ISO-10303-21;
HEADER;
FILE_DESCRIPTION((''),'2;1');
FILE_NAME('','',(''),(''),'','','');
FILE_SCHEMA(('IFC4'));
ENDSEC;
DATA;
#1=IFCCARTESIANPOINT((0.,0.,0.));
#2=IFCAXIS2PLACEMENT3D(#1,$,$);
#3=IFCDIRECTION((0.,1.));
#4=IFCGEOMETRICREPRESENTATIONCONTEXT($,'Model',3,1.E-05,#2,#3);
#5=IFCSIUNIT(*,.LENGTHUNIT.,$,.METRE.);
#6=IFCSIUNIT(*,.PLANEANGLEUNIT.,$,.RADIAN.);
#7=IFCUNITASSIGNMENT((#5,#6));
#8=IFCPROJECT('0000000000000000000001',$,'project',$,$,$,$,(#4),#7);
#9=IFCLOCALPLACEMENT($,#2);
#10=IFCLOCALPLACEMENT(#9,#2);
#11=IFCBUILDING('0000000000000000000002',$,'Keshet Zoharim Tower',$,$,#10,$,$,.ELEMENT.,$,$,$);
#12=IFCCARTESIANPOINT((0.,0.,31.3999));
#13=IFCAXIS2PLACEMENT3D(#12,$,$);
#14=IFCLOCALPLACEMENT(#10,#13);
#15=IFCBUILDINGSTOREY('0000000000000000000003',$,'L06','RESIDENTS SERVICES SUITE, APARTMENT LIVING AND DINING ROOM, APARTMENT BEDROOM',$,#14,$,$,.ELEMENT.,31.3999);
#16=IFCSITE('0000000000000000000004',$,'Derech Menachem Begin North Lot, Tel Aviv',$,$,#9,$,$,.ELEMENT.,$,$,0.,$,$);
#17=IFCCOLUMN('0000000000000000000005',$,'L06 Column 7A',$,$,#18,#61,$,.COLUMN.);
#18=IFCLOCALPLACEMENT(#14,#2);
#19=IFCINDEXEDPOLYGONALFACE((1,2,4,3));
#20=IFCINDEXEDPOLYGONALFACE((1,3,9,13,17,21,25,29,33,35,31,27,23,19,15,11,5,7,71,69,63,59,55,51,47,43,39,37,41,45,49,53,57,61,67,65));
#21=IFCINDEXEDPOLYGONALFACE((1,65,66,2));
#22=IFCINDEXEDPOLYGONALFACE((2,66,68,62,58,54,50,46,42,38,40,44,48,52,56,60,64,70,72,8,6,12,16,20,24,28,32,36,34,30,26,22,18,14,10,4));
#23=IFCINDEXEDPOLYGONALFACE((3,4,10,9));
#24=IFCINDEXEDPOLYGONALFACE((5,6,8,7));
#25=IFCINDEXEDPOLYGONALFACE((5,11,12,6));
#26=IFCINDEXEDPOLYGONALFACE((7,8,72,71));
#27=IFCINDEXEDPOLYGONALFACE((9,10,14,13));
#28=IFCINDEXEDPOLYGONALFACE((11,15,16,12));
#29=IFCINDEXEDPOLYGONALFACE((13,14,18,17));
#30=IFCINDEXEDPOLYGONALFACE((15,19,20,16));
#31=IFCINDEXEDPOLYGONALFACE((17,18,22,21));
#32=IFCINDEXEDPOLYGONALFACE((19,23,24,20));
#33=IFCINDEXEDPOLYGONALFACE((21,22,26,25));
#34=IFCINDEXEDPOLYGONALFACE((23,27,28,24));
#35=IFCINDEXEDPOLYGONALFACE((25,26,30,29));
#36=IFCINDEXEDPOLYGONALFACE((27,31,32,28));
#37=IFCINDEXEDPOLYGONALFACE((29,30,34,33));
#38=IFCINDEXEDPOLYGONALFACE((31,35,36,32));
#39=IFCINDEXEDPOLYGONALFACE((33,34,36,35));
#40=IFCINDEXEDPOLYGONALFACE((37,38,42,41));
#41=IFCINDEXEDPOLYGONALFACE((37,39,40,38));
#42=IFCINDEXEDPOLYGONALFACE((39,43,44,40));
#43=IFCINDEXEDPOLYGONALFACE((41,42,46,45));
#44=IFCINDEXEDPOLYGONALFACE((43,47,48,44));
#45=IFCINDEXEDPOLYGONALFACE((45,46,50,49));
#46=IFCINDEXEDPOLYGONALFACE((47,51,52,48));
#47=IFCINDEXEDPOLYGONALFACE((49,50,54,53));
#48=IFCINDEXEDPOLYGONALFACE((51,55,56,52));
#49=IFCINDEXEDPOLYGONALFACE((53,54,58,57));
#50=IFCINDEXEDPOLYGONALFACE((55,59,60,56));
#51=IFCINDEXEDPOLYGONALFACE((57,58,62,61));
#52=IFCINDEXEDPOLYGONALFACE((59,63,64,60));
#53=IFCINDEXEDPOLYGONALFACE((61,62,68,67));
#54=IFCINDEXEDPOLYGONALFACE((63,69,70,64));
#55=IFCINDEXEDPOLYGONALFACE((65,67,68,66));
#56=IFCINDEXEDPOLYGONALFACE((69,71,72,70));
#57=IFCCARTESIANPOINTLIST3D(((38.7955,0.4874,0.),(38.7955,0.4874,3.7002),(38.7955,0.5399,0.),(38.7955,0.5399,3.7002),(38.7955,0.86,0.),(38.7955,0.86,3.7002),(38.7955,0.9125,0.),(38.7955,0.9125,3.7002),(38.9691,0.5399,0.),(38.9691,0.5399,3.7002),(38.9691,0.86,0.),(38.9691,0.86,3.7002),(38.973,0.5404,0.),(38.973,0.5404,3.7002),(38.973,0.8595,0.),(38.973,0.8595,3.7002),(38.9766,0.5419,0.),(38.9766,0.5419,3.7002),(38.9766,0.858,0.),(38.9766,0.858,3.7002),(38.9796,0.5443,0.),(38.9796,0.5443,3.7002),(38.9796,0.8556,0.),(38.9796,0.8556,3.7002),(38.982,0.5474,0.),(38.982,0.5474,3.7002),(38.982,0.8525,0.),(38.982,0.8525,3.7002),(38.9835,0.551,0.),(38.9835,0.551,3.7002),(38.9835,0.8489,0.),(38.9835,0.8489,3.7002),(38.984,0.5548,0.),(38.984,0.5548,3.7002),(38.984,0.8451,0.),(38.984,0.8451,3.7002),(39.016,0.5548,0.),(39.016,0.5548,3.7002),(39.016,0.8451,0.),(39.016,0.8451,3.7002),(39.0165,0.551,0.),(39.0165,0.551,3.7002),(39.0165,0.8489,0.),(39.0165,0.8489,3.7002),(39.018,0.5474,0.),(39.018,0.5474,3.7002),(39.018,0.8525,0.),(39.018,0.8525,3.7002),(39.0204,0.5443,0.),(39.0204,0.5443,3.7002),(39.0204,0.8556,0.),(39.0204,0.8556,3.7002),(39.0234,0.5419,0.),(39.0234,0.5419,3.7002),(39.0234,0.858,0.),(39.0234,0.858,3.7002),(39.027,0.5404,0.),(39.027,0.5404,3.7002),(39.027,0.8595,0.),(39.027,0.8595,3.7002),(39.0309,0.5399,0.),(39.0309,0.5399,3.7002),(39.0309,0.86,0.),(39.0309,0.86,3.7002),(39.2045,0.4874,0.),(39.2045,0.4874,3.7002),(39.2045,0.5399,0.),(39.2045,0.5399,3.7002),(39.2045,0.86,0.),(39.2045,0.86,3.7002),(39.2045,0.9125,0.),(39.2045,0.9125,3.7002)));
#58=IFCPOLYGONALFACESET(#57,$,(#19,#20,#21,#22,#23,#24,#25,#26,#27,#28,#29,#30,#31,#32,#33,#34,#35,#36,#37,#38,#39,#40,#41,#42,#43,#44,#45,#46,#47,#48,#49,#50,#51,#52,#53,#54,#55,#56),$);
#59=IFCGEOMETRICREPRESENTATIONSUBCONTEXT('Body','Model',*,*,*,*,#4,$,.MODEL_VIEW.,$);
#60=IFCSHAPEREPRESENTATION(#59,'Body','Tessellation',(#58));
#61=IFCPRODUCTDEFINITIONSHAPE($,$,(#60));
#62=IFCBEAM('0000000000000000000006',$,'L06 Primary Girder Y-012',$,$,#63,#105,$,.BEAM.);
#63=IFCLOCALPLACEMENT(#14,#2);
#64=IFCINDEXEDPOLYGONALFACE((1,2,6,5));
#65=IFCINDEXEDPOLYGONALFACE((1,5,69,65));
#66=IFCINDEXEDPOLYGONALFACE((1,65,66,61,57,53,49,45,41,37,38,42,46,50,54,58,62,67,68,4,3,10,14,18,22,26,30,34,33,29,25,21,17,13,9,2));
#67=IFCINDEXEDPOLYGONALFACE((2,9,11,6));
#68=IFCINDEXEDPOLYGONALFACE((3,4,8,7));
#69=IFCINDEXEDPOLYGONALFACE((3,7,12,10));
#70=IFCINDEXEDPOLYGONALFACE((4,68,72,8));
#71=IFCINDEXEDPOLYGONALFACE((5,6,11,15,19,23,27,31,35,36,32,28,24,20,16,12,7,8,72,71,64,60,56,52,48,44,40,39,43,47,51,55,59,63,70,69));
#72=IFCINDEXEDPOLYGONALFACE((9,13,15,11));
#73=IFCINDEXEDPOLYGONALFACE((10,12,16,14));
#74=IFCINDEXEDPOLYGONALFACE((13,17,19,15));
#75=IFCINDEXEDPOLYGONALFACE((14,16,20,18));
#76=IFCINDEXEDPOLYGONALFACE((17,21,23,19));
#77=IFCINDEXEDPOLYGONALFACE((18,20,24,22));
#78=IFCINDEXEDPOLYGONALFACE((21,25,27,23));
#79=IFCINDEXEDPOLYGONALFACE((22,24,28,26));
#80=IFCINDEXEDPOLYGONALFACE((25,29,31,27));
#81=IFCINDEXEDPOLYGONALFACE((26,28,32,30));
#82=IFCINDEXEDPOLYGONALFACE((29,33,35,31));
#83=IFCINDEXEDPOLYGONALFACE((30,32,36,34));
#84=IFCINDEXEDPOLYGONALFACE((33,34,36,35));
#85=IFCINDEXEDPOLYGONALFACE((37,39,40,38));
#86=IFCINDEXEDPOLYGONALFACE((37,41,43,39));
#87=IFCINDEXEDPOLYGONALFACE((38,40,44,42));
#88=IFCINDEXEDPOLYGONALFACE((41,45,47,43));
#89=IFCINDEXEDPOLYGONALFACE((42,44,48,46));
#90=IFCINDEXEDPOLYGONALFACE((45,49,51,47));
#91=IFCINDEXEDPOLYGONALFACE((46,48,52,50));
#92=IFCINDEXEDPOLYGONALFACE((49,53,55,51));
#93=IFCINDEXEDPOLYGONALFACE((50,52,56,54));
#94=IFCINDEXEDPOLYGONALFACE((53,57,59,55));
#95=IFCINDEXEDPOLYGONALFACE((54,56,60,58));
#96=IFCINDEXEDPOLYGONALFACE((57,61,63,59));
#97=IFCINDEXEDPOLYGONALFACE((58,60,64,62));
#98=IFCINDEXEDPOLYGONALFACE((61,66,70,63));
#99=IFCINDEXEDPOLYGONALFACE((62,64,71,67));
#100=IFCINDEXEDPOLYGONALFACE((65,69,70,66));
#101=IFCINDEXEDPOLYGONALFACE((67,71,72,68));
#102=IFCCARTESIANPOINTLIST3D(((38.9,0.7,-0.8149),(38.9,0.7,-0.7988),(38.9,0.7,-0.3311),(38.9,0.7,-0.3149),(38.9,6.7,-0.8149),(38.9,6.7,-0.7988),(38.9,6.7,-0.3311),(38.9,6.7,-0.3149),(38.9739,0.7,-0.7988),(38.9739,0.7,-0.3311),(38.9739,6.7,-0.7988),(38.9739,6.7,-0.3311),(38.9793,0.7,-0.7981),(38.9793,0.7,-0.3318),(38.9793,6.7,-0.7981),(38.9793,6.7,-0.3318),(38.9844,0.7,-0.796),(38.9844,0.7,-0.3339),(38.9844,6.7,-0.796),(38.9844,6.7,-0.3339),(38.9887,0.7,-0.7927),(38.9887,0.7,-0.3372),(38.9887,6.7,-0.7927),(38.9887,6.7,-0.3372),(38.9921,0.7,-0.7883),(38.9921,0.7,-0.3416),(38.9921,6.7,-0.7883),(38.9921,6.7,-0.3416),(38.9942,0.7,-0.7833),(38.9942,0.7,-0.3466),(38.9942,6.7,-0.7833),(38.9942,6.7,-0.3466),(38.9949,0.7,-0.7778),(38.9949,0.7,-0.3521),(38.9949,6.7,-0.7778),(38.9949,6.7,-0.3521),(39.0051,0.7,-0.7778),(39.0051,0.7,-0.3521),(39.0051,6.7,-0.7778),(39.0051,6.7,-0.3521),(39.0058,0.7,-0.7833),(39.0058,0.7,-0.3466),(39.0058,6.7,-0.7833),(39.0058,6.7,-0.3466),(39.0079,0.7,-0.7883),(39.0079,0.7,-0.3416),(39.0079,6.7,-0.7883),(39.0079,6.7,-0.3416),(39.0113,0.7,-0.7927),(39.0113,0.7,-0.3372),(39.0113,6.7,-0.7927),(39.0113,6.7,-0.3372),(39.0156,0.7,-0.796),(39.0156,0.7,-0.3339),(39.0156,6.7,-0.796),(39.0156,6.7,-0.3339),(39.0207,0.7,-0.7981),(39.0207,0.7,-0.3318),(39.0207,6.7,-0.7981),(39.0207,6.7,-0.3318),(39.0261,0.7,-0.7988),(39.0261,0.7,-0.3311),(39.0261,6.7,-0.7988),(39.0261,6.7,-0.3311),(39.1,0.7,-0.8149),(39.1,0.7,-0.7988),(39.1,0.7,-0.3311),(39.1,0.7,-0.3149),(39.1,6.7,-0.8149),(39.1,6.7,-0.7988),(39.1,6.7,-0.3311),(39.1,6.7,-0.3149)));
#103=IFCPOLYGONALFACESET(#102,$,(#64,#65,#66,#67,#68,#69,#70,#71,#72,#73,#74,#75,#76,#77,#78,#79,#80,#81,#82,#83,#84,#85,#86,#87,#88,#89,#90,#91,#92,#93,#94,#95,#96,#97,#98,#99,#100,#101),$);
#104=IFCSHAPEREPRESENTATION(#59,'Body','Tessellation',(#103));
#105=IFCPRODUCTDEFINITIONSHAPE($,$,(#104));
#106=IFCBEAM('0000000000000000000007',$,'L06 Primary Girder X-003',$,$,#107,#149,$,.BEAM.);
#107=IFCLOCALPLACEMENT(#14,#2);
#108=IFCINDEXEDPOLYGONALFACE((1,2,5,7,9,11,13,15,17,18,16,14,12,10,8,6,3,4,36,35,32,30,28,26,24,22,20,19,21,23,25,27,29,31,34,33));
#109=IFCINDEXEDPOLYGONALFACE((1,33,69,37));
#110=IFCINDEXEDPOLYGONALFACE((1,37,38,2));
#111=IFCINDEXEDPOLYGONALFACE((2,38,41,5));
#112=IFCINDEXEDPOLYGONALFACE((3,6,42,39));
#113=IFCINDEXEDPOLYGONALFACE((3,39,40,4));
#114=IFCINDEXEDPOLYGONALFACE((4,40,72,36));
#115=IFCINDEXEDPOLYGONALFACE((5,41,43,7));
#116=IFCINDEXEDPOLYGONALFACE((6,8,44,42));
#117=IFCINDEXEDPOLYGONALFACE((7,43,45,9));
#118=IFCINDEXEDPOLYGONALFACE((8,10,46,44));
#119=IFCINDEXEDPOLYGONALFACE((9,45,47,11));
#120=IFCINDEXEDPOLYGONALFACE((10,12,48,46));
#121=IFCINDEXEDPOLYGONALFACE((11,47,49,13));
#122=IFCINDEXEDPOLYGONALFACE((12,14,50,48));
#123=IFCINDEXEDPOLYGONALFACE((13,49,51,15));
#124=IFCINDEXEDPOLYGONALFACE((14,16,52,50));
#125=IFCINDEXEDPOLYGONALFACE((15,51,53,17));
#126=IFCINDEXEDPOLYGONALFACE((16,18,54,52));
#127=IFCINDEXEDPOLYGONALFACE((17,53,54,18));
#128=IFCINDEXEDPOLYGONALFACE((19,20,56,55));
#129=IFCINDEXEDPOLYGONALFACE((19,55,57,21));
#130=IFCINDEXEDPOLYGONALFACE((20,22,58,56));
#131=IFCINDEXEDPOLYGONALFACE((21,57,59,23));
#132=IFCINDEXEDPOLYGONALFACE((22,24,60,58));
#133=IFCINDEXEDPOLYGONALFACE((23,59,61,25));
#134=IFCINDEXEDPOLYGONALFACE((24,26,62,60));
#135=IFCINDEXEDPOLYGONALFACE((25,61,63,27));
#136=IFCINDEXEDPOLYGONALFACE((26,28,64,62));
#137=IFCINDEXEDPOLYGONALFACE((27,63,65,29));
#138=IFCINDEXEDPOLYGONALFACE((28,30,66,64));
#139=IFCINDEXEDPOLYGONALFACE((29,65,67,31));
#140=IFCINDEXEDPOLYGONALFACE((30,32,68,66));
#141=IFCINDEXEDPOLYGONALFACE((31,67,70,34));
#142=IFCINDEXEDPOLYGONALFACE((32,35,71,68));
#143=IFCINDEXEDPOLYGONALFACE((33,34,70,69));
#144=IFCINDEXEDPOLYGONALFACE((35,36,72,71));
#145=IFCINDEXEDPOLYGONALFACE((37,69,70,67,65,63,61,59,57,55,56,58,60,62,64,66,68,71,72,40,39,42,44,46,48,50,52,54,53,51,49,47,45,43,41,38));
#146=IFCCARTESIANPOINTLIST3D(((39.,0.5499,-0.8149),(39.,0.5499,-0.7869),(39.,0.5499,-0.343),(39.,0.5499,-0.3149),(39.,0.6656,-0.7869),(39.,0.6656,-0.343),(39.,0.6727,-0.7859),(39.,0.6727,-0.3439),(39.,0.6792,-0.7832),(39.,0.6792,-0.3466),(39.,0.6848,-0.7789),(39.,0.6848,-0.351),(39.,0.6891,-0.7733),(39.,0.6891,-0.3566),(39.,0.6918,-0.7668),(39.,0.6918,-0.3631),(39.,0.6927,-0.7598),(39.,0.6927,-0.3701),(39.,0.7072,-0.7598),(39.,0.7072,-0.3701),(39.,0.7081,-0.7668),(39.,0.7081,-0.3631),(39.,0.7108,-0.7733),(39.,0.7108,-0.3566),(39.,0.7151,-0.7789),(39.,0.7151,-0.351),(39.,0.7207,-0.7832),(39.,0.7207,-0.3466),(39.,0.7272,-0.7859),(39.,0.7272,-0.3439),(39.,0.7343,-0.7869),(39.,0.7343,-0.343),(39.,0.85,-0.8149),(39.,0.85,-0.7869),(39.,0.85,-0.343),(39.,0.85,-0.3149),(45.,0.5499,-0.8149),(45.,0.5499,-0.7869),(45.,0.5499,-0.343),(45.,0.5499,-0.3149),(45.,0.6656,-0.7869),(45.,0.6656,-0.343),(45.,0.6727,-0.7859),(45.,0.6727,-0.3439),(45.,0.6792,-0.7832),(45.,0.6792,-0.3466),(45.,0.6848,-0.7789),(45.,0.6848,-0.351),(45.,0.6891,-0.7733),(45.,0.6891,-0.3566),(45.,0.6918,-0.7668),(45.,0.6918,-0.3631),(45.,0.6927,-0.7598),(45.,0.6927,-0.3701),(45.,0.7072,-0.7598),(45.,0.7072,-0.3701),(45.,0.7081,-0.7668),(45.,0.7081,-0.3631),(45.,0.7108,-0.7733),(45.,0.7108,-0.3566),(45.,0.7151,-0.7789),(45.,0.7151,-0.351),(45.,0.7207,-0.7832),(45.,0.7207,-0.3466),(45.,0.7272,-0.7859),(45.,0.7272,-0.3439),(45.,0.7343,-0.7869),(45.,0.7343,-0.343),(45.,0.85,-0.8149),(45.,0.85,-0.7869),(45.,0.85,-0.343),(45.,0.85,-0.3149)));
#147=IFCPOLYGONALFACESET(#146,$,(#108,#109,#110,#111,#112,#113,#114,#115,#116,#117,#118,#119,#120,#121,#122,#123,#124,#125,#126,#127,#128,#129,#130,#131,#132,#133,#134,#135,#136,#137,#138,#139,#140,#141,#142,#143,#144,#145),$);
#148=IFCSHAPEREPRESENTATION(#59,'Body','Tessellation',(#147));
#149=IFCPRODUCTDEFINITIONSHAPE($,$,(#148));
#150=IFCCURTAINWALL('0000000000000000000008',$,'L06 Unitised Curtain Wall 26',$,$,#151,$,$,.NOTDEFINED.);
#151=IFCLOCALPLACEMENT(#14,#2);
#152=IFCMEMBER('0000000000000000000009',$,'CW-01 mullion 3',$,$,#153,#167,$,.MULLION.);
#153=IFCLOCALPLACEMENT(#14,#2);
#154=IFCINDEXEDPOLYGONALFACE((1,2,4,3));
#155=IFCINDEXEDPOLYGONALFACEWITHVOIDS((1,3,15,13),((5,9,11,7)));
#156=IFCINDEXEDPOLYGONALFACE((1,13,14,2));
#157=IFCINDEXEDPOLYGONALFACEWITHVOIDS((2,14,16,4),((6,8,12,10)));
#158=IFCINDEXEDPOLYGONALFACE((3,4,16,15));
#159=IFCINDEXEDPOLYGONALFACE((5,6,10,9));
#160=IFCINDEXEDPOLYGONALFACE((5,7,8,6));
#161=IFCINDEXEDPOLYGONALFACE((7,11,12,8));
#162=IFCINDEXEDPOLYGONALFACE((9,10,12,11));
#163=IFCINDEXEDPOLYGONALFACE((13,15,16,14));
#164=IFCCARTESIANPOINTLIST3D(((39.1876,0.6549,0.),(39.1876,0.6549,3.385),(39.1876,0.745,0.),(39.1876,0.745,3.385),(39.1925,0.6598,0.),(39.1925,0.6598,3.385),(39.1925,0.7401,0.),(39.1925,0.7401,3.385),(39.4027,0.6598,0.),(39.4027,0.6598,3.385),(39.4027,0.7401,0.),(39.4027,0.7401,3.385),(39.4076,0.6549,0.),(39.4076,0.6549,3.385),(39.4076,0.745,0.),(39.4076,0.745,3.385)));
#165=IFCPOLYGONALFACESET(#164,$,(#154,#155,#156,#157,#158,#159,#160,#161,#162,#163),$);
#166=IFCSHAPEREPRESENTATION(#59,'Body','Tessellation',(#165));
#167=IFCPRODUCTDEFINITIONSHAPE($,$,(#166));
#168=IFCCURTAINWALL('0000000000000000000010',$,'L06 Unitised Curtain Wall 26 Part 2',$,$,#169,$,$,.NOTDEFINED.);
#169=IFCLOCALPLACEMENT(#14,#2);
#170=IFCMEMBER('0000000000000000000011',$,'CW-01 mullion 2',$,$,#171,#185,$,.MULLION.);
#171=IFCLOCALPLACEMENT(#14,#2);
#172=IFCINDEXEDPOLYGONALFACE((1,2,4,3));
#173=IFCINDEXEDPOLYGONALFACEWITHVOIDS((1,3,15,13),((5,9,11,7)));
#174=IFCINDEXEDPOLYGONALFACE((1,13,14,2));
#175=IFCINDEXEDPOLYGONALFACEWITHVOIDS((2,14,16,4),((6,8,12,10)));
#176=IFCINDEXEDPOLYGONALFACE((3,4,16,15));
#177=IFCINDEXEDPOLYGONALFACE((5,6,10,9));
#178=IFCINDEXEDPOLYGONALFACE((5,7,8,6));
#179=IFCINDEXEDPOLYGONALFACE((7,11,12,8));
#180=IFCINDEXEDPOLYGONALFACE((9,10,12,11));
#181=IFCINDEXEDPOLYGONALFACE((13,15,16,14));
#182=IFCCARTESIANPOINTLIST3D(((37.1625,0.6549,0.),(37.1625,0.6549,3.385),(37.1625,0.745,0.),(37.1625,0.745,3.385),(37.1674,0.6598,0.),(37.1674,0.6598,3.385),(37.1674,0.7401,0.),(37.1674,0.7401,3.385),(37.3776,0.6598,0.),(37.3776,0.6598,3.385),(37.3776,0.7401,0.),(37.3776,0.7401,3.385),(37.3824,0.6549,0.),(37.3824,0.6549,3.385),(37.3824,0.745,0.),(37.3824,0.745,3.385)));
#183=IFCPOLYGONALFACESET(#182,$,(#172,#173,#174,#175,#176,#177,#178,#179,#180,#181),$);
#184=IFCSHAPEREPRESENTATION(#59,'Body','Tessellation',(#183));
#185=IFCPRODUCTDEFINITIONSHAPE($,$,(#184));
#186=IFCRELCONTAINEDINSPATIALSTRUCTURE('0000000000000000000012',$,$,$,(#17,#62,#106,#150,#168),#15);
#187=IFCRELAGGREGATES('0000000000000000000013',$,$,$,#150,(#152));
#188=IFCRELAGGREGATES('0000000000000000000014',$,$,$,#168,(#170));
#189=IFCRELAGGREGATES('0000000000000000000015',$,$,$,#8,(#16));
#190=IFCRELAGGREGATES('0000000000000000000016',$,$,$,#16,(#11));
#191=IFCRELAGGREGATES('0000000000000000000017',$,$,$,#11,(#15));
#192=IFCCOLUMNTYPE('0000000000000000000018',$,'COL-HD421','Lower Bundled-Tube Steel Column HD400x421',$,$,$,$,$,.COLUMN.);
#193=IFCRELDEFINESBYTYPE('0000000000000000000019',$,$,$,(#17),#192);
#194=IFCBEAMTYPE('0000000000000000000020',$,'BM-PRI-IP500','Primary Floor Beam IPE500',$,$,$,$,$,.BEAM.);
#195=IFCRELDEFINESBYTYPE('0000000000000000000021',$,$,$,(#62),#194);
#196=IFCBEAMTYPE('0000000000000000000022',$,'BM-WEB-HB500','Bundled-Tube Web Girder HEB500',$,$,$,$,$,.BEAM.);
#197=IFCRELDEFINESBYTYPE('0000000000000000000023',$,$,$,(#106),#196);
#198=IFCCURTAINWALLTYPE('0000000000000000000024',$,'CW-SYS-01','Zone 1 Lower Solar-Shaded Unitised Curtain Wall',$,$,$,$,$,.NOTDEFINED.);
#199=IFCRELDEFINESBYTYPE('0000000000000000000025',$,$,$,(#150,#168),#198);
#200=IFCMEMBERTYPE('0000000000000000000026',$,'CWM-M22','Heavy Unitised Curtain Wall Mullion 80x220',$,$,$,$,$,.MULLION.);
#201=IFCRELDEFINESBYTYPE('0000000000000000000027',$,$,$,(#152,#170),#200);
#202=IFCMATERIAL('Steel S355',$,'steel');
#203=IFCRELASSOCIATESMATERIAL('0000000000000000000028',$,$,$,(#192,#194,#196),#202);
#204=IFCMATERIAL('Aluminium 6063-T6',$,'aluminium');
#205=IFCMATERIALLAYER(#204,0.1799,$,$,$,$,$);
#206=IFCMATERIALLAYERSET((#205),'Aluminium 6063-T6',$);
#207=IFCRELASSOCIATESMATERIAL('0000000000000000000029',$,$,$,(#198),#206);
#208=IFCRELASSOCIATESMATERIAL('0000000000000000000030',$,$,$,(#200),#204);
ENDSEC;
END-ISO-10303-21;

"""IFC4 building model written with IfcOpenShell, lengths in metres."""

from ifc_helpers import new_model, si_unit, direction, frame, origin, origin_2d, place, context, subcontext, project, spatial, hollow_rectangle, i_section, extrude, material, layer, layer_set, material_profile, profile_set, type_object, element, aggregate, save


model = new_model("IFC4")

# Units and contexts
model_context = context("Model", 3, precision=1e-05, world=origin(), true_north=direction((0.0, 1.0)))
body_context = subcontext(model_context, "Body", "Model", "MODEL_VIEW")
ifc_project = project(units=[si_unit("LENGTHUNIT", "METRE"), si_unit("PLANEANGLEUNIT", "RADIAN")], contexts=[model_context])

# Site, building, storey
site_placement = place(None, origin())
site = spatial("IfcSite", under=ifc_project, at=site_placement, Name="Derech Menachem Begin North Lot, Tel Aviv", CompositionType="ELEMENT", RefElevation=0.0)
building_placement = place(site_placement, origin())
building = spatial("IfcBuilding", under=site, at=building_placement, Name="Keshet Zoharim Tower", CompositionType="ELEMENT")
storey_placement = place(building_placement, frame((0.0, 0.0, 31.3999)))
storey = spatial("IfcBuildingStorey", under=building, at=storey_placement, Name="L06", Description="RESIDENTS SERVICES SUITE, APARTMENT LIVING AND DINING ROOM, APARTMENT BEDROOM", CompositionType="ELEMENT", Elevation=31.3999)

# Column
ifc_material_1 = material(Name="Steel S355", Category="steel")
ifc_material_profile_1 = material_profile(ifc_material_1, i_section(OverallWidth=0.4089, OverallDepth=0.425, WebThickness=0.032, FlangeThickness=0.0525, FilletRadius=0.0149, at=origin_2d()), Name="HD400x421")
ifc_profile_set_1 = profile_set([ifc_material_profile_1], Name="Steel S355")
column_type = type_object("IfcColumnType", Name="COL-HD421", Description="Lower Bundled-Tube Steel Column HD400x421", PredefinedType="COLUMN", material=ifc_profile_set_1)
column_placement = place(storey_placement, frame((39.0, 0.7, 0.0), z_axis=(0.0, 0.0, 1.0), x_axis=(1.0, 0.0, 0.0)))
element("IfcColumn", 1, at=column_placement, inside=storey, type_object=column_type, Name="L06 Column 7A", PredefinedType="COLUMN", context=body_context, shape_type="SweptSolid", body=[
    extrude(i_section(OverallWidth=0.4089, OverallDepth=0.425, WebThickness=0.032, FlangeThickness=0.0525, FilletRadius=0.0149, at=origin_2d()), origin(), (0.0, 0.0, 1.0), 3.7002),
])

# Beams
ifc_material_profile_2 = material_profile(ifc_material_1, i_section(OverallWidth=0.2, OverallDepth=0.5, WebThickness=0.0103, FlangeThickness=0.0161, FilletRadius=0.021, at=origin_2d()), Name="IPE500")
ifc_profile_set_2 = profile_set([ifc_material_profile_2], Name="Steel S355")
beam_type_1 = type_object("IfcBeamType", Name="BM-PRI-IP500", Description="Primary Floor Beam IPE500", PredefinedType="BEAM", material=ifc_profile_set_2)
beam_1_placement = place(storey_placement, frame((39.0, 0.7, -0.5649), z_axis=(0.0, 1.0, 0.0), x_axis=(-1.0, 0.0, 0.0)))
element("IfcBeam", 2, at=beam_1_placement, inside=storey, type_object=beam_type_1, Name="L06 Primary Girder Y-012", PredefinedType="BEAM", context=body_context, shape_type="SweptSolid", body=[
    extrude(i_section(OverallWidth=0.2, OverallDepth=0.5, WebThickness=0.0103, FlangeThickness=0.0161, FilletRadius=0.021, at=origin_2d()), origin(), (0.0, 0.0, 1.0), 6.0),
])
ifc_material_profile_3 = material_profile(ifc_material_1, i_section(OverallWidth=0.3, OverallDepth=0.5, WebThickness=0.0144, FlangeThickness=0.0281, FilletRadius=0.0271, at=origin_2d()), Name="HEB500")
ifc_profile_set_3 = profile_set([ifc_material_profile_3], Name="Steel S355")
beam_type_2 = type_object("IfcBeamType", Name="BM-WEB-HB500", Description="Bundled-Tube Web Girder HEB500", PredefinedType="BEAM", material=ifc_profile_set_3)
beam_2_placement = place(storey_placement, frame((39.0, 0.7, -0.5649), z_axis=(1.0, 0.0, 0.0), x_axis=(0.0, 1.0, 0.0)))
element("IfcBeam", 3, at=beam_2_placement, inside=storey, type_object=beam_type_2, Name="L06 Primary Girder X-003", PredefinedType="BEAM", context=body_context, shape_type="SweptSolid", body=[
    extrude(i_section(OverallWidth=0.3, OverallDepth=0.5, WebThickness=0.0144, FlangeThickness=0.0281, FilletRadius=0.0271, at=origin_2d()), origin(), (0.0, 0.0, 1.0), 6.0),
])

# Curtain walls, members
ifc_material_2 = material(Name="Aluminium 6063-T6", Category="aluminium")
ifc_layer_1 = layer(ifc_material_2, 0.1799)
ifc_layer_set_1 = layer_set([ifc_layer_1], Name="Aluminium 6063-T6")
curtain_wall_type = type_object("IfcCurtainWallType", Name="CW-SYS-01", Description="Zone 1 Lower Solar-Shaded Unitised Curtain Wall", PredefinedType="NOTDEFINED", material=ifc_layer_set_1)
curtain_wall_1_placement = place(storey_placement, origin())
curtain_wall_1 = element("IfcCurtainWall", 4, at=curtain_wall_1_placement, inside=storey, type_object=curtain_wall_type, Name="L06 Unitised Curtain Wall 26", PredefinedType="NOTDEFINED")
ifc_material_profile_4 = material_profile(ifc_material_2, hollow_rectangle(XDim=0.0901, YDim=0.22, WallThickness=0.0049, at=origin_2d()), Name="MUL-90x220")
ifc_profile_set_4 = profile_set([ifc_material_profile_4], Name="Aluminium 6063-T6")
member_type_1 = type_object("IfcMemberType", Name="CWM-M22", Description="Heavy Unitised Curtain Wall Mullion 80x220", PredefinedType="MULLION", material=ifc_profile_set_4)
member_1_placement = place(storey_placement, frame((39.2976, 0.7, 0.0), z_axis=(0.0, 0.0, 1.0), x_axis=(0.0, -1.0, 0.0)))
member_1 = element("IfcMember", 5, at=member_1_placement, type_object=member_type_1, Name="CW-01 mullion 3", PredefinedType="MULLION", context=body_context, shape_type="SweptSolid", body=[
    extrude(hollow_rectangle(XDim=0.0901, YDim=0.22, WallThickness=0.0049, at=origin_2d()), origin(), (0.0, 0.0, 1.0), 3.385),
])
curtain_wall_2_placement = place(storey_placement, origin())
curtain_wall_2 = element("IfcCurtainWall", 6, at=curtain_wall_2_placement, inside=storey, type_object=curtain_wall_type, Name="L06 Unitised Curtain Wall 26 Part 2", PredefinedType="NOTDEFINED")
member_2_placement = place(storey_placement, frame((37.2725, 0.7, 0.0), z_axis=(0.0, 0.0, 1.0), x_axis=(0.0, -1.0, 0.0)))
member_2 = element("IfcMember", 7, at=member_2_placement, type_object=member_type_1, Name="CW-01 mullion 2", PredefinedType="MULLION", context=body_context, shape_type="SweptSolid", body=[
    extrude(hollow_rectangle(XDim=0.0901, YDim=0.22, WallThickness=0.0049, at=origin_2d()), origin(), (0.0, 0.0, 1.0), 3.385),
])

aggregate(curtain_wall_1, [member_1])
aggregate(curtain_wall_2, [member_2])

save(model, "model.ifc")
